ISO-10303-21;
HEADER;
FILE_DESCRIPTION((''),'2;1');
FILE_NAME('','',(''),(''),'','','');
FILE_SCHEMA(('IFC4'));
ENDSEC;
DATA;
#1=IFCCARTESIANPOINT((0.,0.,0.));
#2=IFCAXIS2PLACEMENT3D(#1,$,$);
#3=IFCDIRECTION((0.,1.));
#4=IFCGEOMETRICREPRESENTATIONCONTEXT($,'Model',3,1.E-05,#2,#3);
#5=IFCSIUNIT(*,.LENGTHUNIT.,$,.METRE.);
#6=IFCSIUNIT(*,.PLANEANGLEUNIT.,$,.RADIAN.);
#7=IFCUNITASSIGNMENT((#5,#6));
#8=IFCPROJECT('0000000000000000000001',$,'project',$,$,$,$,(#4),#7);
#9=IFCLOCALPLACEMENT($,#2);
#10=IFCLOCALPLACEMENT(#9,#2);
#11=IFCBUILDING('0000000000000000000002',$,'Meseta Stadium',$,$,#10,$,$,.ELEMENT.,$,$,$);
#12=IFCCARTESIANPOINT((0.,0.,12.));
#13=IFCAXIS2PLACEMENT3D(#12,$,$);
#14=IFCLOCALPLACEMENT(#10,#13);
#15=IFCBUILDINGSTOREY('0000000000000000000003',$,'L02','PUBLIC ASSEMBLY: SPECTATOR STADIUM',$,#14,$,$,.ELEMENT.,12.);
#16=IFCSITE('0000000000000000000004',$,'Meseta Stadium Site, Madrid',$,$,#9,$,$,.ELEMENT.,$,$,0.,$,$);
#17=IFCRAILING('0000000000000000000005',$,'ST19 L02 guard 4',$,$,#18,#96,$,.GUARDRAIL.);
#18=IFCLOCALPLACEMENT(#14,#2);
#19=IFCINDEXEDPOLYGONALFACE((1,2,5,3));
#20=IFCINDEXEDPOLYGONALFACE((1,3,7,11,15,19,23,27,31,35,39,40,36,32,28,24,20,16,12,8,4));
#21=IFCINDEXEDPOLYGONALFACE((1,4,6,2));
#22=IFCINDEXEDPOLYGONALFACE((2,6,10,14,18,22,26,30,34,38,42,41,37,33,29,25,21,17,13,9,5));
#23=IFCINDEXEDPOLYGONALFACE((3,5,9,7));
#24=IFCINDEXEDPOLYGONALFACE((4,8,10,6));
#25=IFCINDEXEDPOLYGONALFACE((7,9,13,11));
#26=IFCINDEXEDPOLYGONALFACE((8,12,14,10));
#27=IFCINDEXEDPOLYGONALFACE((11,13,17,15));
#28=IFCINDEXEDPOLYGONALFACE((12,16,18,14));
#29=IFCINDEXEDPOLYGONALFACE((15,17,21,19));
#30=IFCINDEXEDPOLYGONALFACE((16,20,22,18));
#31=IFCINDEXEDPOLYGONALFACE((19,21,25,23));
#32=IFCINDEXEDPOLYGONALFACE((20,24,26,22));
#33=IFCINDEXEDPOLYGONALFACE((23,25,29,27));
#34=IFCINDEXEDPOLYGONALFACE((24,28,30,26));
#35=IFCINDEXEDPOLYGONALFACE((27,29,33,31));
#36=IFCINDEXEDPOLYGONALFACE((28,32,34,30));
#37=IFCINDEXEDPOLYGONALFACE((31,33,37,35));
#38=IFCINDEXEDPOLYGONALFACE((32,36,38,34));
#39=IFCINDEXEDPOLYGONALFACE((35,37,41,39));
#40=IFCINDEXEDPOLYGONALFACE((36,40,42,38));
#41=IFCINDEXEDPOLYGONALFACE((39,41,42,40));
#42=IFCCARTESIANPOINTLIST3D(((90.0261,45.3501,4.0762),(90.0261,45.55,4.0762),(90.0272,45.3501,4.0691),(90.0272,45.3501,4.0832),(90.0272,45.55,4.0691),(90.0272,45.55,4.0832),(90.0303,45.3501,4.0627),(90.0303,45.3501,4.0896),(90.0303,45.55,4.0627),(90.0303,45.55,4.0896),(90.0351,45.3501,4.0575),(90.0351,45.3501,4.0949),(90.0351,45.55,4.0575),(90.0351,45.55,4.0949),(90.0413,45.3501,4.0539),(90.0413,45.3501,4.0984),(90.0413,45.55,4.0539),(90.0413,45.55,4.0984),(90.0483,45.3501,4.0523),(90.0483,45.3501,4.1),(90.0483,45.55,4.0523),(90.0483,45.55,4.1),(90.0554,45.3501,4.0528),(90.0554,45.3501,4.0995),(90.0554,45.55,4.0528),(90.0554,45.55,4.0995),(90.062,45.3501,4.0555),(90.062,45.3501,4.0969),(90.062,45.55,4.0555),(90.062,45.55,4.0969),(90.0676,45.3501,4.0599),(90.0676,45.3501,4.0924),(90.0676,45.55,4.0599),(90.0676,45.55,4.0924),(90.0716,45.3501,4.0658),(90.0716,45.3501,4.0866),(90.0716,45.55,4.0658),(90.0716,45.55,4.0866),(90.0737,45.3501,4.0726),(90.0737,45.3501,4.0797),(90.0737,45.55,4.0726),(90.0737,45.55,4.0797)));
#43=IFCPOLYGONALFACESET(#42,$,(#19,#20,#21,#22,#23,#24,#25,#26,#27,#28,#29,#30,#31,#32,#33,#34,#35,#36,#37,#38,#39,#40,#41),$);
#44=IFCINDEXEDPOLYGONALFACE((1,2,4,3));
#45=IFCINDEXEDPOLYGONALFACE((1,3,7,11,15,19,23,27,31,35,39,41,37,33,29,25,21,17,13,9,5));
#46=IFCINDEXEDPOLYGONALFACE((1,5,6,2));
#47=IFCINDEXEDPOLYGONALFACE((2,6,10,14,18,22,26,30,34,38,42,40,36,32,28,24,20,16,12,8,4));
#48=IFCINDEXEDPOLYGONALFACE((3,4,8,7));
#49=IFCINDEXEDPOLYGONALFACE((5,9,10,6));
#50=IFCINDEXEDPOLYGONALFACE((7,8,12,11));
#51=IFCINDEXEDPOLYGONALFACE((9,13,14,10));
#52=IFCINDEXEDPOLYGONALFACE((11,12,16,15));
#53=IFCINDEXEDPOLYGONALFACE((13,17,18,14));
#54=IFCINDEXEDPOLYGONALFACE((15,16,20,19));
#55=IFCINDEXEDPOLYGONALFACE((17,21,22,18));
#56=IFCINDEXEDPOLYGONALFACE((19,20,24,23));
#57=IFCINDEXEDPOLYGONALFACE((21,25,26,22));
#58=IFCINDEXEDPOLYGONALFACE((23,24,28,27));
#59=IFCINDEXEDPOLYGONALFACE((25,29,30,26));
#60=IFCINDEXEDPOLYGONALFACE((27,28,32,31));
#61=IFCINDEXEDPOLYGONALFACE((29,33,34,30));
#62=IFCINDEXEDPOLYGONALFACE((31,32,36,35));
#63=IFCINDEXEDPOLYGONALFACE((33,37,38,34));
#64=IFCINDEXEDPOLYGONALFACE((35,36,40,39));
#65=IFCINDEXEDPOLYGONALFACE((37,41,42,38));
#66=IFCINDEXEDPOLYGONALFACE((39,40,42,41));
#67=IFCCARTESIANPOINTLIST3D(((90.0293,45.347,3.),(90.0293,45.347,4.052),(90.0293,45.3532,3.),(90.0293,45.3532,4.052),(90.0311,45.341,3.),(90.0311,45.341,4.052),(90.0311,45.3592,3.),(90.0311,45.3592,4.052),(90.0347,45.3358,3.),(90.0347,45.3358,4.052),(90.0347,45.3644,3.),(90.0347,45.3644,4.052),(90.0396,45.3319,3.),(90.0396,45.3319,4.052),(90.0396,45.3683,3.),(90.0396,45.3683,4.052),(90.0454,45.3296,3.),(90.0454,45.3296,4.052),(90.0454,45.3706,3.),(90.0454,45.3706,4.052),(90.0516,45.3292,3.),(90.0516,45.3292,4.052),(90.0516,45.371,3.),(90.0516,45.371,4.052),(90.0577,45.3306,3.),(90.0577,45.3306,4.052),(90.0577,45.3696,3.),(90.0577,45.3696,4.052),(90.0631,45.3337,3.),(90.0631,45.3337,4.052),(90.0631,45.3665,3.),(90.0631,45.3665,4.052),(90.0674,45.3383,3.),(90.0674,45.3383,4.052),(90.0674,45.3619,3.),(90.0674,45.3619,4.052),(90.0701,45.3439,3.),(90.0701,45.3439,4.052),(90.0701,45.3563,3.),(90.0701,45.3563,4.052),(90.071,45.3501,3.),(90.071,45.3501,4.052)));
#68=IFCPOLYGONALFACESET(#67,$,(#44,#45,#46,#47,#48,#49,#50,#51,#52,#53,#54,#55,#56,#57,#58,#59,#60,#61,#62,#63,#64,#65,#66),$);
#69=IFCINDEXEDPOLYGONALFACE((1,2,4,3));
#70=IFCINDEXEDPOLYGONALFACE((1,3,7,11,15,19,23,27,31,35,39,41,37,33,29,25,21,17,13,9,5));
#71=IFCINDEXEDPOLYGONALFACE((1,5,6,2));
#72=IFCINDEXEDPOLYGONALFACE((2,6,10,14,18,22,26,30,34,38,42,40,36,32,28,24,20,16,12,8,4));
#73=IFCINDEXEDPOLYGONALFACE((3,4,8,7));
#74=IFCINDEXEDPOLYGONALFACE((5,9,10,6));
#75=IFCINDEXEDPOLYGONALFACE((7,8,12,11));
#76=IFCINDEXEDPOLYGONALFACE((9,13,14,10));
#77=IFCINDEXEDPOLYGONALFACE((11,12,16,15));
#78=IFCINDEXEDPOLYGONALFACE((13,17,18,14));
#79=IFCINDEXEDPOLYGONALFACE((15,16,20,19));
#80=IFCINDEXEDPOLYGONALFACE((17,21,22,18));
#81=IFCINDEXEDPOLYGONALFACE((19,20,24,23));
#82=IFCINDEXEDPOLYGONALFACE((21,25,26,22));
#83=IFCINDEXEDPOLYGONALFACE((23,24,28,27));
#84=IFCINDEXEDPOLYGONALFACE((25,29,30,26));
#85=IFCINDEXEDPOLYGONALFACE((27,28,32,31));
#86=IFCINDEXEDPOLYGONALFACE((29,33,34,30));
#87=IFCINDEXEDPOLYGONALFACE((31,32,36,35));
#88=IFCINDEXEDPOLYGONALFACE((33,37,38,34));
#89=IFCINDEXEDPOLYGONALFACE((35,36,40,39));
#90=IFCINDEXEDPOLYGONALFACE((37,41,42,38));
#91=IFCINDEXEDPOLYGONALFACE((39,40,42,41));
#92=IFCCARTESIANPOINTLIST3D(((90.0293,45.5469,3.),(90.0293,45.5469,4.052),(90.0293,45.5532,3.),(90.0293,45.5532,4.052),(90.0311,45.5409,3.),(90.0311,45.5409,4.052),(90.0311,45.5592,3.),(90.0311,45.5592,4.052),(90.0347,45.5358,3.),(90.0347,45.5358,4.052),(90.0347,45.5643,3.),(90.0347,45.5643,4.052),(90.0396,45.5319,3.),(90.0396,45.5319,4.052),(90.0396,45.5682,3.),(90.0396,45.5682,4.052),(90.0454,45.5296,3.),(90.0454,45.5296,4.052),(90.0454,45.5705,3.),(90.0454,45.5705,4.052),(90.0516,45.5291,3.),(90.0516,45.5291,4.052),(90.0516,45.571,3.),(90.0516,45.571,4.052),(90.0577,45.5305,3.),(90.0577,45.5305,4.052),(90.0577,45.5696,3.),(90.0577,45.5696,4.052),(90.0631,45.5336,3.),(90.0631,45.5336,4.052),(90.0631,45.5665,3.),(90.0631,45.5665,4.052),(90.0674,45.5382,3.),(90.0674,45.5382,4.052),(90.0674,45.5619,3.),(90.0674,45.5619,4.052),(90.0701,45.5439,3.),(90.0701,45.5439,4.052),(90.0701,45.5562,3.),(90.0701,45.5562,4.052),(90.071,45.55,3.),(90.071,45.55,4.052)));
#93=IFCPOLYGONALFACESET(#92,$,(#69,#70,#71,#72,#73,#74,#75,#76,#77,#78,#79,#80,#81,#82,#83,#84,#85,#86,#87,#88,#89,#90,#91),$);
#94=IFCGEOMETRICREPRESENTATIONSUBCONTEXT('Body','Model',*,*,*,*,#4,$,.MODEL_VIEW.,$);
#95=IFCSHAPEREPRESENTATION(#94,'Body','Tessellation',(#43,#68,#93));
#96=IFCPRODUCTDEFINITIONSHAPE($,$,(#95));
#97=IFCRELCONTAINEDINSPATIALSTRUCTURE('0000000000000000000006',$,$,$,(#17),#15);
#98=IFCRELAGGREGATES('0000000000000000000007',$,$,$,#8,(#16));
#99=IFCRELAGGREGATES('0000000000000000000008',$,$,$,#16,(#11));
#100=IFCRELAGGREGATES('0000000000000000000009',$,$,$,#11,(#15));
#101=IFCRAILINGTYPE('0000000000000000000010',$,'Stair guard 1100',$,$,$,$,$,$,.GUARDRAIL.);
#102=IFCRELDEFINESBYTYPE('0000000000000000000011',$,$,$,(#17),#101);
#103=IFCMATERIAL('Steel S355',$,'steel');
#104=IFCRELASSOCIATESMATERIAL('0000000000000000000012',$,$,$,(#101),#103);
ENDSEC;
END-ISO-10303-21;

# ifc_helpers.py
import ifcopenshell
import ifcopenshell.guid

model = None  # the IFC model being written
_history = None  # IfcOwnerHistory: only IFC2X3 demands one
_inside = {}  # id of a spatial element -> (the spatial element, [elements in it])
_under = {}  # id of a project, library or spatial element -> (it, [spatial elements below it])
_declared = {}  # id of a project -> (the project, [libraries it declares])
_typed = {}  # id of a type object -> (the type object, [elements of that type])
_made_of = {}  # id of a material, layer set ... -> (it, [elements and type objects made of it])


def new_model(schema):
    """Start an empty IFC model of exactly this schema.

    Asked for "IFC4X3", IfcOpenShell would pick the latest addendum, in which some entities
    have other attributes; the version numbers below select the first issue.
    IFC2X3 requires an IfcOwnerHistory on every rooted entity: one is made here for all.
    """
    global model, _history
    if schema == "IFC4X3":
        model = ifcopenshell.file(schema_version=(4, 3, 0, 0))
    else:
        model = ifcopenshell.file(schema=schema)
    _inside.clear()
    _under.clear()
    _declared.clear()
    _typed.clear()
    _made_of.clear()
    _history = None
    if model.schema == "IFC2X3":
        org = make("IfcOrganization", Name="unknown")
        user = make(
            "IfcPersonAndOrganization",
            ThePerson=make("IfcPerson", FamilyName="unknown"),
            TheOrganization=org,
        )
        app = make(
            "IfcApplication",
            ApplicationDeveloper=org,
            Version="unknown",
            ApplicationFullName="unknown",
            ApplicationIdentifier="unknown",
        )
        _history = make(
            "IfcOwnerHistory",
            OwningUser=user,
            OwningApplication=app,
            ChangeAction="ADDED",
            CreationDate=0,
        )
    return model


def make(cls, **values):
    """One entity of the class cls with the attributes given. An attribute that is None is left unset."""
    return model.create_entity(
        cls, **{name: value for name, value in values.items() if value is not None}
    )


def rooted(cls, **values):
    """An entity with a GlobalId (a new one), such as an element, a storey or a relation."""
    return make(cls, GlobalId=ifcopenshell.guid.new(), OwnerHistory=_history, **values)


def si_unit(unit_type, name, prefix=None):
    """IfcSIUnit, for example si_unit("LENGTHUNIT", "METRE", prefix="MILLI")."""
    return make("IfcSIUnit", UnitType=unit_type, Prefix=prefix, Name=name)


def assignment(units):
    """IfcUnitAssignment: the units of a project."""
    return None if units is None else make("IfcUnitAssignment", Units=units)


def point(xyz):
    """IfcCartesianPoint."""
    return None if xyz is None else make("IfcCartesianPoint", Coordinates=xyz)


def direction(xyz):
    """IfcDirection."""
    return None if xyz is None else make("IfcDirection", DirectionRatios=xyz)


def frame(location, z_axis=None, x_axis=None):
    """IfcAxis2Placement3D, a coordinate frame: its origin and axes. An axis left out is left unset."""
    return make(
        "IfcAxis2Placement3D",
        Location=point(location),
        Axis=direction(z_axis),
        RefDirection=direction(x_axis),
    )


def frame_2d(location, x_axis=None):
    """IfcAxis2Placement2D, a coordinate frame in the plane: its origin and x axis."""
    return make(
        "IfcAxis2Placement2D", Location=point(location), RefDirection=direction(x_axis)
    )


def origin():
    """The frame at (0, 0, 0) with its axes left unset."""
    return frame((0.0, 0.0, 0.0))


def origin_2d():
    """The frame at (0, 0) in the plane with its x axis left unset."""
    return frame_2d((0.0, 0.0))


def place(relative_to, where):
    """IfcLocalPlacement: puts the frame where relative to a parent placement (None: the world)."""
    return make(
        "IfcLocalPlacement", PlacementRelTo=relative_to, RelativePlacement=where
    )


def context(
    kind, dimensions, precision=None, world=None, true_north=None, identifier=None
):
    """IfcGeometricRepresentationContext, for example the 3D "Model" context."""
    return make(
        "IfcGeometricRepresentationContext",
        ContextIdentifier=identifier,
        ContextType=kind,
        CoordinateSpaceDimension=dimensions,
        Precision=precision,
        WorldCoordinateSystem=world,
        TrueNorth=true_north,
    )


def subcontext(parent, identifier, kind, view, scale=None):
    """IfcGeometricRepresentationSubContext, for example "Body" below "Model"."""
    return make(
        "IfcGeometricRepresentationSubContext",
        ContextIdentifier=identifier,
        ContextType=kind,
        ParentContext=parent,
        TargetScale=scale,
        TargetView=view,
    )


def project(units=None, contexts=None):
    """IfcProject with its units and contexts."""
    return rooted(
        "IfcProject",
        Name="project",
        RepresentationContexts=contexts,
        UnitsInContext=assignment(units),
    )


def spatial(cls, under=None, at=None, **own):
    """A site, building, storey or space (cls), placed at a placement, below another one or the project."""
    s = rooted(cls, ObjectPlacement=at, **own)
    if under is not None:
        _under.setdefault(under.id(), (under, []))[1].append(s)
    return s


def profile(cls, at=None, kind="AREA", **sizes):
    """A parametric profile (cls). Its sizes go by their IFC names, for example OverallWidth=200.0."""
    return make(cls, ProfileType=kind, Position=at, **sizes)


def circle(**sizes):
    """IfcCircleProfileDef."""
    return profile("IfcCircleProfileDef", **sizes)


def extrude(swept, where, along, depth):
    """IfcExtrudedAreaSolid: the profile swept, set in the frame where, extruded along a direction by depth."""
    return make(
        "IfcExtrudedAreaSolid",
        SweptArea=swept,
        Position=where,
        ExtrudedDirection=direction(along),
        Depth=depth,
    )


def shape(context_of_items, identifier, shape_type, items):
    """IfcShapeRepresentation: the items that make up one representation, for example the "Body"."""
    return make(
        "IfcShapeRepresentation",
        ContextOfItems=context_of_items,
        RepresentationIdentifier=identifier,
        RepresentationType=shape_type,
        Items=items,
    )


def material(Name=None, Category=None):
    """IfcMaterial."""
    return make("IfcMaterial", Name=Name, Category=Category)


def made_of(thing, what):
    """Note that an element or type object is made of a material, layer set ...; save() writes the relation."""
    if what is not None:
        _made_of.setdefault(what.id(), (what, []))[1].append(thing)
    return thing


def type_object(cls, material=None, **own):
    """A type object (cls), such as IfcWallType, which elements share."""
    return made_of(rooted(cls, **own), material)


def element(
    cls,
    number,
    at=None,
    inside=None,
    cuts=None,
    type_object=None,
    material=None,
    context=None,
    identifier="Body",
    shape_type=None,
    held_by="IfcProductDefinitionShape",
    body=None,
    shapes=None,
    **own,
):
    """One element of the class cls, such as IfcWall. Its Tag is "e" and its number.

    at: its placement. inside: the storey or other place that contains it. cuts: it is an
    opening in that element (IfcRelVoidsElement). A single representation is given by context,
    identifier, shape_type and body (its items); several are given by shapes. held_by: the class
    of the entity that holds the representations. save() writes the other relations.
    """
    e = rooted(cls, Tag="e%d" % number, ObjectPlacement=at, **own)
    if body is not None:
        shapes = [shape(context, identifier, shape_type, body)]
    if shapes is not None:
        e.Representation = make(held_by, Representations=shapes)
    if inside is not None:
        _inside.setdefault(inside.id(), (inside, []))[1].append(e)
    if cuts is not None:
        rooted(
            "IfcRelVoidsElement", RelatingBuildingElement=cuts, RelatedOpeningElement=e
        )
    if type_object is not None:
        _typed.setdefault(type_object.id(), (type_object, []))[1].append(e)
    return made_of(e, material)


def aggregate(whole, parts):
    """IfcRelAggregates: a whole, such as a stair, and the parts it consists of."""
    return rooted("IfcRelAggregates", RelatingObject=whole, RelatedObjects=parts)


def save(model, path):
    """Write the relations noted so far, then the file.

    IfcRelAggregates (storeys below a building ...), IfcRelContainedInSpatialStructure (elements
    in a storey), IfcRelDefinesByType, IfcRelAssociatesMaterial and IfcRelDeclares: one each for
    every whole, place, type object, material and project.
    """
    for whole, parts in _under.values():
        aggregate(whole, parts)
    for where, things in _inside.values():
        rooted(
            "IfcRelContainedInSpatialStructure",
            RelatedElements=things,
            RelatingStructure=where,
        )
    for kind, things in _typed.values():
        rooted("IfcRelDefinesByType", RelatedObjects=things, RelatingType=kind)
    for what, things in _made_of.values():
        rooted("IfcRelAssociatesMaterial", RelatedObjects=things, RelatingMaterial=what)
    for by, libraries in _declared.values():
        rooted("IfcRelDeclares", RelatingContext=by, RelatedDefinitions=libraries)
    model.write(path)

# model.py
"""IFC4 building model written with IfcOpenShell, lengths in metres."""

from ifc_helpers import new_model, si_unit, direction, frame, origin, origin_2d, place, context, subcontext, project, spatial, circle, extrude, material, type_object, element, save


model = new_model("IFC4")

# Units and contexts
model_context = context("Model", 3, precision=1e-05, world=origin(), true_north=direction((0.0, 1.0)))
body_context = subcontext(model_context, "Body", "Model", "MODEL_VIEW")
ifc_project = project(units=[si_unit("LENGTHUNIT", "METRE"), si_unit("PLANEANGLEUNIT", "RADIAN")], contexts=[model_context])

# Site, building, storey
site_placement = place(None, origin())
site = spatial("IfcSite", under=ifc_project, at=site_placement, Name="Meseta Stadium Site, Madrid", CompositionType="ELEMENT", RefElevation=0.0)
building_placement = place(site_placement, origin())
building = spatial("IfcBuilding", under=site, at=building_placement, Name="Meseta Stadium", CompositionType="ELEMENT")
storey_placement = place(building_placement, frame((0.0, 0.0, 12.0)))
storey = spatial("IfcBuildingStorey", under=building, at=storey_placement, Name="L02", Description="PUBLIC ASSEMBLY: SPECTATOR STADIUM", CompositionType="ELEMENT", Elevation=12.0)

# Railing
ifc_material_1 = material(Name="Steel S355", Category="steel")
railing_type_1 = type_object("IfcRailingType", Name="Stair guard 1100", PredefinedType="GUARDRAIL", material=ifc_material_1)
railing_1_placement = place(storey_placement, frame((90.05, 45.3501, 3.0)))
element("IfcRailing", 1, at=railing_1_placement, inside=storey, type_object=railing_type_1, Name="ST19 L02 guard 4", PredefinedType="GUARDRAIL", context=body_context, shape_type="SweptSolid", body=[
    extrude(circle(Radius=0.0239, at=origin_2d()), frame((0.0, 0.0, 1.0762), z_axis=(0.0, 1.0, 0.0), x_axis=(-1.0, 0.0, 0.0)), (0.0, 0.0, 1.0), 0.2),
    extrude(circle(Radius=0.021, at=origin_2d()), origin(), (0.0, 0.0, 1.0), 1.052),
    extrude(circle(Radius=0.021, at=origin_2d()), frame((0.0, 0.2, 0.0)), (0.0, 0.0, 1.0), 1.052),
])

save(model, "model.ifc")
